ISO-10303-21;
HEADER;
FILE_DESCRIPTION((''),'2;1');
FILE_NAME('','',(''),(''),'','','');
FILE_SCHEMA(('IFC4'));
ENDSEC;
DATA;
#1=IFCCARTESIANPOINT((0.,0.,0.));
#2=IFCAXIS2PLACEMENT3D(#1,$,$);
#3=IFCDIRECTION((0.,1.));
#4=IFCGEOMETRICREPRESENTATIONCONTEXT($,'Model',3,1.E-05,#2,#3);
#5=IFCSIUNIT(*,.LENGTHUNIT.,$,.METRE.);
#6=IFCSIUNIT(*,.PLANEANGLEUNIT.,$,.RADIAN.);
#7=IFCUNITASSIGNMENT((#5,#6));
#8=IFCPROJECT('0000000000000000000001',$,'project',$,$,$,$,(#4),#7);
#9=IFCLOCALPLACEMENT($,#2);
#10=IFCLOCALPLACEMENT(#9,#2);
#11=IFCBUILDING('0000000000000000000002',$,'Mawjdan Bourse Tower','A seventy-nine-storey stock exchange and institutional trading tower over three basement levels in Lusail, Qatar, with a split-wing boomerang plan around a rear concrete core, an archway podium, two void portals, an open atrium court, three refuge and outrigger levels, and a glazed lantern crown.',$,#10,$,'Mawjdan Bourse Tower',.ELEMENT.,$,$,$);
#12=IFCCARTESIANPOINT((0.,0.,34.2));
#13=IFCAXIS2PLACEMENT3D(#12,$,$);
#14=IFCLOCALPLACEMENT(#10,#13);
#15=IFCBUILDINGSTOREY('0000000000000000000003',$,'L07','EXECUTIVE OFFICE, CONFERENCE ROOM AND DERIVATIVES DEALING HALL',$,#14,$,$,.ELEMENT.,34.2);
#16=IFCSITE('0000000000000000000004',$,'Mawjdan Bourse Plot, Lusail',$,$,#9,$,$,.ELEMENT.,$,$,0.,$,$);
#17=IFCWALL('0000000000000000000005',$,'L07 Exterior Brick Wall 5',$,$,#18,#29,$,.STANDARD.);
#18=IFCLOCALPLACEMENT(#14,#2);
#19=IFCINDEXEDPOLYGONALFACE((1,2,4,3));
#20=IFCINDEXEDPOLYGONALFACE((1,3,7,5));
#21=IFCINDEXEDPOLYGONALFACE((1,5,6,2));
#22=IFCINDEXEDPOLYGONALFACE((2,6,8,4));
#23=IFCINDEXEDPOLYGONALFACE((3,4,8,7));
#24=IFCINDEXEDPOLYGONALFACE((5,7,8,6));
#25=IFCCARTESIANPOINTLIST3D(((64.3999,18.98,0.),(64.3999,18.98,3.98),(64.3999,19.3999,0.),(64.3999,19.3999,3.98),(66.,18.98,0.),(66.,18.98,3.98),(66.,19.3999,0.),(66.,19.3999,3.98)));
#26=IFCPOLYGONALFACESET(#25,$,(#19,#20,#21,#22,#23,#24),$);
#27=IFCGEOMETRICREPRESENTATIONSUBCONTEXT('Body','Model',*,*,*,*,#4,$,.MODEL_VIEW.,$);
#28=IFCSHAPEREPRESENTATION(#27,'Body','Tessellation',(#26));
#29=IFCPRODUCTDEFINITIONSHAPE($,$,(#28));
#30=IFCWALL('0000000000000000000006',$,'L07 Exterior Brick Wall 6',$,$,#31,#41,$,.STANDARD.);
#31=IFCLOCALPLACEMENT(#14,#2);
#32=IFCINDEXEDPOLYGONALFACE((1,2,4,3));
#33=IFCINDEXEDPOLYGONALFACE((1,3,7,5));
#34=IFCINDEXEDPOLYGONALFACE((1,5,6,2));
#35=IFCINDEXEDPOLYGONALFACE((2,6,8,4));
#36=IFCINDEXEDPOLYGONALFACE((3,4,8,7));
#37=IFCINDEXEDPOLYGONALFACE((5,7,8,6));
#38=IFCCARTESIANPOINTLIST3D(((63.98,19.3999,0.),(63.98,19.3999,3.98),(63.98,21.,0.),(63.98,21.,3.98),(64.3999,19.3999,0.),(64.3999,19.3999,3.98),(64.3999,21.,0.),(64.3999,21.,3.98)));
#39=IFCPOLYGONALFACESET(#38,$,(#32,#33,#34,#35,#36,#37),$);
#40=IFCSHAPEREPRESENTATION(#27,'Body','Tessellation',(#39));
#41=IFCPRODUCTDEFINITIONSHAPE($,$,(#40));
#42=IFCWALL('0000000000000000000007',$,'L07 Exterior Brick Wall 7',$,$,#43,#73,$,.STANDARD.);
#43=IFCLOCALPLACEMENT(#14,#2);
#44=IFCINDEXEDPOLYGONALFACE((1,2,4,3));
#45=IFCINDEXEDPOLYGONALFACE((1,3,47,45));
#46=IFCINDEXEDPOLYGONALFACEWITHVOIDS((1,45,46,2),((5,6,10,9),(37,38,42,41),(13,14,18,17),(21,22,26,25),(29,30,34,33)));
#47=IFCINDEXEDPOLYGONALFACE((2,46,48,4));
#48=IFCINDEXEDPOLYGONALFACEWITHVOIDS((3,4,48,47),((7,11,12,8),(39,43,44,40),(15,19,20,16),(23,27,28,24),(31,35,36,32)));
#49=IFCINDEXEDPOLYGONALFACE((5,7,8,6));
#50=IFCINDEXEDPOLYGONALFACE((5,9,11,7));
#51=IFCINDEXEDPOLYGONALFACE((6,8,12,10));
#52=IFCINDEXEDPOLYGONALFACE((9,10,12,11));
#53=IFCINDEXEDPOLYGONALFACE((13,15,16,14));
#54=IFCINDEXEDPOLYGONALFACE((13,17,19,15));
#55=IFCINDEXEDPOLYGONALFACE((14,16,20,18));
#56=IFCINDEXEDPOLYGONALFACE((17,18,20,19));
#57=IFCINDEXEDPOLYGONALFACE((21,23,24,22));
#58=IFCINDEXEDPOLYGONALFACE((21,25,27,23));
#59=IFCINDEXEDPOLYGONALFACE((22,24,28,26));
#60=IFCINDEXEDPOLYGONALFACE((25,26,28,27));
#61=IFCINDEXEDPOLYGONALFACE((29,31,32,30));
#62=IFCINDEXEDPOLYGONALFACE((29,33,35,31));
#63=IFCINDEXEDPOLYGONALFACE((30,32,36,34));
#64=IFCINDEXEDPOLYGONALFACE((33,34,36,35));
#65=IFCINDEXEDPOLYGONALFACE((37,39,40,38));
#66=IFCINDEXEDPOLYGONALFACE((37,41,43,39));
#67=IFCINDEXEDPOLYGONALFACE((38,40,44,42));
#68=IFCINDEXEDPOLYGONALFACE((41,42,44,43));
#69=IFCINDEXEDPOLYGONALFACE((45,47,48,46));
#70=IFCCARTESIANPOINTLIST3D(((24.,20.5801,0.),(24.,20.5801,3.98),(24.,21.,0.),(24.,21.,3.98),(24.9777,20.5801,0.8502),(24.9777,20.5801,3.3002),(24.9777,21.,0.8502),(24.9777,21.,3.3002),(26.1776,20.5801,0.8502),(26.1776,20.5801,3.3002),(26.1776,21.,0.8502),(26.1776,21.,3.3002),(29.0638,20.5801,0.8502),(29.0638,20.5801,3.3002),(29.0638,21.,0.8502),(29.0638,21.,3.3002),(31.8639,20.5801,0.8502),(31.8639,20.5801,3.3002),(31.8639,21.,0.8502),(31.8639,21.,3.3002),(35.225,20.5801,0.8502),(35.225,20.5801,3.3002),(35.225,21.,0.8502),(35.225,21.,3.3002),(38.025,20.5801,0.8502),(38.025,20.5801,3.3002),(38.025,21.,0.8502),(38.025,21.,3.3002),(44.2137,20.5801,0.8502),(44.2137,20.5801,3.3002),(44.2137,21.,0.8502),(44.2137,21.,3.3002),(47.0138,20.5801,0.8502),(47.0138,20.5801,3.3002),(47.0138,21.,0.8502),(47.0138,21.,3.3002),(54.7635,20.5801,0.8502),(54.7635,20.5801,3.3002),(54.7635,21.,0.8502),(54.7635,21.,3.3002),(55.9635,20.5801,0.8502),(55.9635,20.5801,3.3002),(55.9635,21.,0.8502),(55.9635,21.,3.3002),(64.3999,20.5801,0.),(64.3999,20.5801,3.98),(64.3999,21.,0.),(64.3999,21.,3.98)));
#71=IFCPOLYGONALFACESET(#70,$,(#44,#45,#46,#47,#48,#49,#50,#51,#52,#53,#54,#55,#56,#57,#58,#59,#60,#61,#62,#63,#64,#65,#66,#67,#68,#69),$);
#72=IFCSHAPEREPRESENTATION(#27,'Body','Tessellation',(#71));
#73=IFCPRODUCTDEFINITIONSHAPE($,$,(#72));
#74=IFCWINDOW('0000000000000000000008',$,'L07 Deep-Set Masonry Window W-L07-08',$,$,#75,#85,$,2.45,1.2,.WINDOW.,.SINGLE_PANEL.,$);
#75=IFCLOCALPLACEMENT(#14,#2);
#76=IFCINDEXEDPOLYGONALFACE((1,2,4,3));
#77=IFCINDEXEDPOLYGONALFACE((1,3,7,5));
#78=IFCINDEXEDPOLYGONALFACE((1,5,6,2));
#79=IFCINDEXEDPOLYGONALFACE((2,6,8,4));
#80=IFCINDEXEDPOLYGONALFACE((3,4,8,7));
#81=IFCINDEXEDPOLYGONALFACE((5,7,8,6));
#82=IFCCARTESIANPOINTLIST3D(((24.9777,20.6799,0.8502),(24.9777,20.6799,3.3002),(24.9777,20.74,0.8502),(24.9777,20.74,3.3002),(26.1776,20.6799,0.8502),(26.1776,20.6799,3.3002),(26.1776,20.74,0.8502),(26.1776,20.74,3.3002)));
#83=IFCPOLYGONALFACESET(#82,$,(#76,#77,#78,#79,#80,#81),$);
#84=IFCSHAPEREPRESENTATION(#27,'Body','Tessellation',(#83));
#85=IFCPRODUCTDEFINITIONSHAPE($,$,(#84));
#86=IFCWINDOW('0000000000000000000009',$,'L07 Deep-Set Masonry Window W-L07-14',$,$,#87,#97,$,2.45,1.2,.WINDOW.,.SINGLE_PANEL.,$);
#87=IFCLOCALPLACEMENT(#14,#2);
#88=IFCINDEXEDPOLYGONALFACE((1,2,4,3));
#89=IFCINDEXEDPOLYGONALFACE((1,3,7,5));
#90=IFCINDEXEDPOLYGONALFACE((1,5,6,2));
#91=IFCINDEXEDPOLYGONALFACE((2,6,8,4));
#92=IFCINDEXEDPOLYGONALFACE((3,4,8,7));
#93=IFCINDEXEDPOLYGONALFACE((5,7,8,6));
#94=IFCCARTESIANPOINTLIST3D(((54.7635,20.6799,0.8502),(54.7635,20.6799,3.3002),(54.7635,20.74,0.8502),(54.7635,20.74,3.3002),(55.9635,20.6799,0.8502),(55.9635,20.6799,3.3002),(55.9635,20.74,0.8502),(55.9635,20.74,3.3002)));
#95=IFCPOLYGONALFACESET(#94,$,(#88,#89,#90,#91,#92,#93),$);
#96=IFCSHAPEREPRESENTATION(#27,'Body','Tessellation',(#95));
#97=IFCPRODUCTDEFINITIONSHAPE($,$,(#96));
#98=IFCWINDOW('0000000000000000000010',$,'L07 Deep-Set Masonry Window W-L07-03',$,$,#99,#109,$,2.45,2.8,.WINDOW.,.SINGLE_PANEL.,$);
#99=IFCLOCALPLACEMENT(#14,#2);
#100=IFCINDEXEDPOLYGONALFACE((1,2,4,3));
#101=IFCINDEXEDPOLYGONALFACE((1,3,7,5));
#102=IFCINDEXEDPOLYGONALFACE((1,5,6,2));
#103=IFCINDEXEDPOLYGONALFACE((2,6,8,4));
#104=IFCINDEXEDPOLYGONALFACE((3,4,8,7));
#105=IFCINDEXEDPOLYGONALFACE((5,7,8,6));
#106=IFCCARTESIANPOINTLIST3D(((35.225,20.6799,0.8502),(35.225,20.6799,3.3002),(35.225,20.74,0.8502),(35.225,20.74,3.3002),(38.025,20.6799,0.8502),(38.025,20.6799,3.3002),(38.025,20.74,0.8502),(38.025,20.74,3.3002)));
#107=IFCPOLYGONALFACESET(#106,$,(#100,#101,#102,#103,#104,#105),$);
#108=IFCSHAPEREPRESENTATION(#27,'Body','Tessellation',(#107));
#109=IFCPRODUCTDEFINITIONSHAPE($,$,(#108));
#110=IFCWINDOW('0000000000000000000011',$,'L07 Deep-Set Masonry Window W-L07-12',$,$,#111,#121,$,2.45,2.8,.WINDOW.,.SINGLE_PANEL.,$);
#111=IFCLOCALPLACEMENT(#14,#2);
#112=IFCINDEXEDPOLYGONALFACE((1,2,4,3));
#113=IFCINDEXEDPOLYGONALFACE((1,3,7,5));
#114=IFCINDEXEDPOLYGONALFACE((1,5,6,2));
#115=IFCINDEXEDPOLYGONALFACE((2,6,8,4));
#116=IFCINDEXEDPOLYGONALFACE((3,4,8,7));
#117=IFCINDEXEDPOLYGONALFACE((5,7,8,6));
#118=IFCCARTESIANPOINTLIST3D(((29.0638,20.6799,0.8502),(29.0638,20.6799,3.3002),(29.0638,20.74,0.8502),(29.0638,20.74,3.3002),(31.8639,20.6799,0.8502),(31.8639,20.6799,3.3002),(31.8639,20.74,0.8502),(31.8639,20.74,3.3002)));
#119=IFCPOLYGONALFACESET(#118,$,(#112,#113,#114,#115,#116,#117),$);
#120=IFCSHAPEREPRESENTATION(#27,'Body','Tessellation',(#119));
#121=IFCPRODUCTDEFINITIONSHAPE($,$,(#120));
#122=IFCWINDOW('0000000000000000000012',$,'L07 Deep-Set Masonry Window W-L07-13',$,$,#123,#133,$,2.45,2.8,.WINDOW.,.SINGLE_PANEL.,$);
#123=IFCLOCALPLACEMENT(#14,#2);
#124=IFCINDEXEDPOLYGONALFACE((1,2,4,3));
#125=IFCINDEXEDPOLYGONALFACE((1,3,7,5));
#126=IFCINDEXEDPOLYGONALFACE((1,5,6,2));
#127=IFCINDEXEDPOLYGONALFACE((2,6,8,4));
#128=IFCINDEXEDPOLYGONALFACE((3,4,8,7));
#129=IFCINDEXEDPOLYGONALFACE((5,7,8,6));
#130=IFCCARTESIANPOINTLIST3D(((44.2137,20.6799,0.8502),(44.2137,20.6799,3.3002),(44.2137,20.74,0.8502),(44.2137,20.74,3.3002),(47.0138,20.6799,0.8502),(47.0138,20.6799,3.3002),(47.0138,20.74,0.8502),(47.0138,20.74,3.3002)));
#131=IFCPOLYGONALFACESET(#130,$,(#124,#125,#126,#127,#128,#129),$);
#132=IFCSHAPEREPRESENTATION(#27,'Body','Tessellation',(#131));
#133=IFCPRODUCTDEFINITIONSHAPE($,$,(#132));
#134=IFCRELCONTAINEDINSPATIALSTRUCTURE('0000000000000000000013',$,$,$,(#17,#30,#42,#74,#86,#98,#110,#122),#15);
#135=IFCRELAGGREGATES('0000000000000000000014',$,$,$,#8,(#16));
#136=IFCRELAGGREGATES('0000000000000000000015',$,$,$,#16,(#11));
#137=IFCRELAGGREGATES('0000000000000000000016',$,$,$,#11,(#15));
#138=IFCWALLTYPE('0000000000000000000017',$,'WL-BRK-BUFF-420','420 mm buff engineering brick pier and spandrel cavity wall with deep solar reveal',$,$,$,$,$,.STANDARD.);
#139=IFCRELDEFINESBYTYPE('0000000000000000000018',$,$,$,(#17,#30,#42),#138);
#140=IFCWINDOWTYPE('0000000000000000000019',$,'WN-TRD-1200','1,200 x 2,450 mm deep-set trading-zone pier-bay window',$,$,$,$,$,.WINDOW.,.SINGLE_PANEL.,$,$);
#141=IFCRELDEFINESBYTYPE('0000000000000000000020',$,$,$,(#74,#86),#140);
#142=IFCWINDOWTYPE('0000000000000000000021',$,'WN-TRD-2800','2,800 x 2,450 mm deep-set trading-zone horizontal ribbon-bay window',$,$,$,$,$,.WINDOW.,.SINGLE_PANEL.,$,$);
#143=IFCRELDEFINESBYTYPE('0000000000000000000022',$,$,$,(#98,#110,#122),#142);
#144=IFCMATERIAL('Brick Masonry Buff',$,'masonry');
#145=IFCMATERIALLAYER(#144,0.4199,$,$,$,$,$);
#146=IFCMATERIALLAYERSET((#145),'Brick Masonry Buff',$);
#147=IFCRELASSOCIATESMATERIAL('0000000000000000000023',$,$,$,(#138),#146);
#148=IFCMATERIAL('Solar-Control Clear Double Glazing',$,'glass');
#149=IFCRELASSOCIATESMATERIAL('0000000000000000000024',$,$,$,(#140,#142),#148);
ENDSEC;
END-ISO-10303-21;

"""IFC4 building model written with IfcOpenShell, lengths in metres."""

from ifc_helpers import new_model, si_unit, direction, frame, frame_2d, origin, place, context, subcontext, project, spatial, rectangle, extrude, material, layer, layer_set, type_object, element, fill, save


model = new_model("IFC4")

# Units and contexts
model_context = context("Model", 3, precision=1e-05, world=origin(), true_north=direction((0.0, 1.0)))
body_context = subcontext(model_context, "Body", "Model", "MODEL_VIEW")
ifc_project = project(units=[si_unit("LENGTHUNIT", "METRE"), si_unit("PLANEANGLEUNIT", "RADIAN")], contexts=[model_context])

# Site, building, storey
site_placement = place(None, origin())
site = spatial("IfcSite", under=ifc_project, at=site_placement, Name="Mawjdan Bourse Plot, Lusail", CompositionType="ELEMENT", RefElevation=0.0)
building_placement = place(site_placement, origin())
building = spatial("IfcBuilding", under=site, at=building_placement, Name="Mawjdan Bourse Tower", Description="A seventy-nine-storey stock exchange and institutional trading tower over three basement levels in Lusail, Qatar, with a split-wing boomerang plan around a rear concrete core, an archway podium, two void portals, an open atrium court, three refuge and outrigger levels, and a glazed lantern crown.", LongName="Mawjdan Bourse Tower", CompositionType="ELEMENT")
storey_placement = place(building_placement, frame((0.0, 0.0, 34.2)))
storey = spatial("IfcBuildingStorey", under=building, at=storey_placement, Name="L07", Description="EXECUTIVE OFFICE, CONFERENCE ROOM AND DERIVATIVES DEALING HALL", CompositionType="ELEMENT", Elevation=34.2)

# Walls
ifc_material_1 = material(Name="Brick Masonry Buff", Category="masonry")
ifc_layer = layer(ifc_material_1, 0.4199)
ifc_layer_set = layer_set([ifc_layer], Name="Brick Masonry Buff")
wall_type = type_object("IfcWallType", Name="WL-BRK-BUFF-420", Description="420 mm buff engineering brick pier and spandrel cavity wall with deep solar reveal", PredefinedType="STANDARD", material=ifc_layer_set)
for number, where, z_axis, x_axis, name in (
    (1, (66.0, 19.1899, 0.0), (0.0, 0.0, 1.0), (-1.0, 0.0, 0.0), "L07 Exterior Brick Wall 5"),
    (2, (64.1899, 19.3999, 0.0), (0.0, 0.0, 1.0), (0.0, 1.0, 0.0), "L07 Exterior Brick Wall 6"),
):
    element("IfcWall", number, at=place(storey_placement, frame(where, z_axis=z_axis, x_axis=x_axis)), inside=storey, type_object=wall_type, Name=name, PredefinedType="STANDARD", context=body_context, shape_type="SweptSolid", body=[
        extrude(rectangle(XDim=1.6001, YDim=0.4199, at=frame_2d((0.8, 0.0))), origin(), (0.0, 0.0, 1.0), 3.98),
    ])

# Wall, openings, windows
wall_placement = place(storey_placement, frame((64.3999, 20.79, 0.0), z_axis=(0.0, 0.0, 1.0), x_axis=(-1.0, 0.0, 0.0)))
wall = element("IfcWall", 3, at=wall_placement, inside=storey, type_object=wall_type, Name="L07 Exterior Brick Wall 7", PredefinedType="STANDARD", context=body_context, shape_type="SweptSolid", body=[
    extrude(rectangle(XDim=40.3999, YDim=0.4199, at=frame_2d((20.2, 0.0))), origin(), (0.0, 0.0, 1.0), 3.98),
])
opening_1_placement = place(wall_placement, frame((26.375, 0.0, 0.8501)))
opening_1 = element("IfcOpeningElement", 4, at=opening_1_placement, cuts=wall, PredefinedType="OPENING", context=body_context, shape_type="SweptSolid", body=[
    extrude(rectangle(XDim=2.8, YDim=2.45, at=frame_2d((1.3999, 1.2251))), frame((0.0, 0.22, 0.0), z_axis=(0.0, -1.0, 0.0), x_axis=(1.0, 0.0, 0.0)), (0.0, 0.0, 1.0), 0.4399),
])
opening_2_placement = place(wall_placement, frame((38.2222, 0.0, 0.8501)))
opening_2 = element("IfcOpeningElement", 5, at=opening_2_placement, cuts=wall, PredefinedType="OPENING", context=body_context, shape_type="SweptSolid", body=[
    extrude(rectangle(XDim=1.2, YDim=2.45, at=frame_2d((0.6001, 1.2251))), frame((0.0, 0.22, 0.0), z_axis=(0.0, -1.0, 0.0), x_axis=(1.0, 0.0, 0.0)), (0.0, 0.0, 1.0), 0.4399),
])
opening_3_placement = place(wall_placement, frame((32.5361, 0.0, 0.8501)))
opening_3 = element("IfcOpeningElement", 6, at=opening_3_placement, cuts=wall, PredefinedType="OPENING", context=body_context, shape_type="SweptSolid", body=[
    extrude(rectangle(XDim=2.8, YDim=2.45, at=frame_2d((1.3999, 1.2251))), frame((0.0, 0.22, 0.0), z_axis=(0.0, -1.0, 0.0), x_axis=(1.0, 0.0, 0.0)), (0.0, 0.0, 1.0), 0.4399),
])
opening_4_placement = place(wall_placement, frame((17.3862, 0.0, 0.8501)))
opening_4 = element("IfcOpeningElement", 7, at=opening_4_placement, cuts=wall, PredefinedType="OPENING", context=body_context, shape_type="SweptSolid", body=[
    extrude(rectangle(XDim=2.8, YDim=2.45, at=frame_2d((1.3999, 1.2251))), frame((0.0, 0.22, 0.0), z_axis=(0.0, -1.0, 0.0), x_axis=(1.0, 0.0, 0.0)), (0.0, 0.0, 1.0), 0.4399),
])
opening_5_placement = place(wall_placement, frame((8.4363, 0.0, 0.8501)))
opening_5 = element("IfcOpeningElement", 8, at=opening_5_placement, cuts=wall, PredefinedType="OPENING", context=body_context, shape_type="SweptSolid", body=[
    extrude(rectangle(XDim=1.2, YDim=2.45, at=frame_2d((0.6001, 1.2251))), frame((0.0, 0.22, 0.0), z_axis=(0.0, -1.0, 0.0), x_axis=(1.0, 0.0, 0.0)), (0.0, 0.0, 1.0), 0.4399),
])
ifc_material_2 = material(Name="Solar-Control Clear Double Glazing", Category="glass")
window_type_1 = type_object("IfcWindowType", Name="WN-TRD-1200", Description="1,200 x 2,450 mm deep-set trading-zone pier-bay window", PartitioningType="SINGLE_PANEL", PredefinedType="WINDOW", material=ifc_material_2)
window_1_placement = place(opening_2_placement, origin())
window_1 = element("IfcWindow", 9, at=window_1_placement, inside=storey, type_object=window_type_1, Name="L07 Deep-Set Masonry Window W-L07-08", OverallHeight=2.45, OverallWidth=1.2, PartitioningType="SINGLE_PANEL", PredefinedType="WINDOW", context=body_context, shape_type="SweptSolid", body=[
    extrude(rectangle(XDim=1.2, YDim=2.45, at=frame_2d((0.6001, 1.2251))), frame((0.0, 0.1101, 0.0), z_axis=(0.0, -1.0, 0.0), x_axis=(1.0, 0.0, 0.0)), (0.0, 0.0, 1.0), 0.0601),
])
fill(opening_2, window_1)
window_2_placement = place(opening_5_placement, origin())
window_2 = element("IfcWindow", 10, at=window_2_placement, inside=storey, type_object=window_type_1, Name="L07 Deep-Set Masonry Window W-L07-14", OverallHeight=2.45, OverallWidth=1.2, PartitioningType="SINGLE_PANEL", PredefinedType="WINDOW", context=body_context, shape_type="SweptSolid", body=[
    extrude(rectangle(XDim=1.2, YDim=2.45, at=frame_2d((0.6001, 1.2251))), frame((0.0, 0.1101, 0.0), z_axis=(0.0, -1.0, 0.0), x_axis=(1.0, 0.0, 0.0)), (0.0, 0.0, 1.0), 0.0601),
])
fill(opening_5, window_2)
window_type_2 = type_object("IfcWindowType", Name="WN-TRD-2800", Description="2,800 x 2,450 mm deep-set trading-zone horizontal ribbon-bay window", PartitioningType="SINGLE_PANEL", PredefinedType="WINDOW", material=ifc_material_2)
window_3_placement = place(opening_1_placement, origin())
window_3 = element("IfcWindow", 11, at=window_3_placement, inside=storey, type_object=window_type_2, Name="L07 Deep-Set Masonry Window W-L07-03", OverallHeight=2.45, OverallWidth=2.8, PartitioningType="SINGLE_PANEL", PredefinedType="WINDOW", context=body_context, shape_type="SweptSolid", body=[
    extrude(rectangle(XDim=2.8, YDim=2.45, at=frame_2d((1.3999, 1.2251))), frame((0.0, 0.1101, 0.0), z_axis=(0.0, -1.0, 0.0), x_axis=(1.0, 0.0, 0.0)), (0.0, 0.0, 1.0), 0.0601),
])
fill(opening_1, window_3)
window_4_placement = place(opening_3_placement, origin())
window_4 = element("IfcWindow", 12, at=window_4_placement, inside=storey, type_object=window_type_2, Name="L07 Deep-Set Masonry Window W-L07-12", OverallHeight=2.45, OverallWidth=2.8, PartitioningType="SINGLE_PANEL", PredefinedType="WINDOW", context=body_context, shape_type="SweptSolid", body=[
    extrude(rectangle(XDim=2.8, YDim=2.45, at=frame_2d((1.3999, 1.2251))), frame((0.0, 0.1101, 0.0), z_axis=(0.0, -1.0, 0.0), x_axis=(1.0, 0.0, 0.0)), (0.0, 0.0, 1.0), 0.0601),
])
fill(opening_3, window_4)
window_5_placement = place(opening_4_placement, origin())
window_5 = element("IfcWindow", 13, at=window_5_placement, inside=storey, type_object=window_type_2, Name="L07 Deep-Set Masonry Window W-L07-13", OverallHeight=2.45, OverallWidth=2.8, PartitioningType="SINGLE_PANEL", PredefinedType="WINDOW", context=body_context, shape_type="SweptSolid", body=[
    extrude(rectangle(XDim=2.8, YDim=2.45, at=frame_2d((1.3999, 1.2251))), frame((0.0, 0.1101, 0.0), z_axis=(0.0, -1.0, 0.0), x_axis=(1.0, 0.0, 0.0)), (0.0, 0.0, 1.0), 0.0601),
])
fill(opening_4, window_5)

save(model, "model.ifc")
